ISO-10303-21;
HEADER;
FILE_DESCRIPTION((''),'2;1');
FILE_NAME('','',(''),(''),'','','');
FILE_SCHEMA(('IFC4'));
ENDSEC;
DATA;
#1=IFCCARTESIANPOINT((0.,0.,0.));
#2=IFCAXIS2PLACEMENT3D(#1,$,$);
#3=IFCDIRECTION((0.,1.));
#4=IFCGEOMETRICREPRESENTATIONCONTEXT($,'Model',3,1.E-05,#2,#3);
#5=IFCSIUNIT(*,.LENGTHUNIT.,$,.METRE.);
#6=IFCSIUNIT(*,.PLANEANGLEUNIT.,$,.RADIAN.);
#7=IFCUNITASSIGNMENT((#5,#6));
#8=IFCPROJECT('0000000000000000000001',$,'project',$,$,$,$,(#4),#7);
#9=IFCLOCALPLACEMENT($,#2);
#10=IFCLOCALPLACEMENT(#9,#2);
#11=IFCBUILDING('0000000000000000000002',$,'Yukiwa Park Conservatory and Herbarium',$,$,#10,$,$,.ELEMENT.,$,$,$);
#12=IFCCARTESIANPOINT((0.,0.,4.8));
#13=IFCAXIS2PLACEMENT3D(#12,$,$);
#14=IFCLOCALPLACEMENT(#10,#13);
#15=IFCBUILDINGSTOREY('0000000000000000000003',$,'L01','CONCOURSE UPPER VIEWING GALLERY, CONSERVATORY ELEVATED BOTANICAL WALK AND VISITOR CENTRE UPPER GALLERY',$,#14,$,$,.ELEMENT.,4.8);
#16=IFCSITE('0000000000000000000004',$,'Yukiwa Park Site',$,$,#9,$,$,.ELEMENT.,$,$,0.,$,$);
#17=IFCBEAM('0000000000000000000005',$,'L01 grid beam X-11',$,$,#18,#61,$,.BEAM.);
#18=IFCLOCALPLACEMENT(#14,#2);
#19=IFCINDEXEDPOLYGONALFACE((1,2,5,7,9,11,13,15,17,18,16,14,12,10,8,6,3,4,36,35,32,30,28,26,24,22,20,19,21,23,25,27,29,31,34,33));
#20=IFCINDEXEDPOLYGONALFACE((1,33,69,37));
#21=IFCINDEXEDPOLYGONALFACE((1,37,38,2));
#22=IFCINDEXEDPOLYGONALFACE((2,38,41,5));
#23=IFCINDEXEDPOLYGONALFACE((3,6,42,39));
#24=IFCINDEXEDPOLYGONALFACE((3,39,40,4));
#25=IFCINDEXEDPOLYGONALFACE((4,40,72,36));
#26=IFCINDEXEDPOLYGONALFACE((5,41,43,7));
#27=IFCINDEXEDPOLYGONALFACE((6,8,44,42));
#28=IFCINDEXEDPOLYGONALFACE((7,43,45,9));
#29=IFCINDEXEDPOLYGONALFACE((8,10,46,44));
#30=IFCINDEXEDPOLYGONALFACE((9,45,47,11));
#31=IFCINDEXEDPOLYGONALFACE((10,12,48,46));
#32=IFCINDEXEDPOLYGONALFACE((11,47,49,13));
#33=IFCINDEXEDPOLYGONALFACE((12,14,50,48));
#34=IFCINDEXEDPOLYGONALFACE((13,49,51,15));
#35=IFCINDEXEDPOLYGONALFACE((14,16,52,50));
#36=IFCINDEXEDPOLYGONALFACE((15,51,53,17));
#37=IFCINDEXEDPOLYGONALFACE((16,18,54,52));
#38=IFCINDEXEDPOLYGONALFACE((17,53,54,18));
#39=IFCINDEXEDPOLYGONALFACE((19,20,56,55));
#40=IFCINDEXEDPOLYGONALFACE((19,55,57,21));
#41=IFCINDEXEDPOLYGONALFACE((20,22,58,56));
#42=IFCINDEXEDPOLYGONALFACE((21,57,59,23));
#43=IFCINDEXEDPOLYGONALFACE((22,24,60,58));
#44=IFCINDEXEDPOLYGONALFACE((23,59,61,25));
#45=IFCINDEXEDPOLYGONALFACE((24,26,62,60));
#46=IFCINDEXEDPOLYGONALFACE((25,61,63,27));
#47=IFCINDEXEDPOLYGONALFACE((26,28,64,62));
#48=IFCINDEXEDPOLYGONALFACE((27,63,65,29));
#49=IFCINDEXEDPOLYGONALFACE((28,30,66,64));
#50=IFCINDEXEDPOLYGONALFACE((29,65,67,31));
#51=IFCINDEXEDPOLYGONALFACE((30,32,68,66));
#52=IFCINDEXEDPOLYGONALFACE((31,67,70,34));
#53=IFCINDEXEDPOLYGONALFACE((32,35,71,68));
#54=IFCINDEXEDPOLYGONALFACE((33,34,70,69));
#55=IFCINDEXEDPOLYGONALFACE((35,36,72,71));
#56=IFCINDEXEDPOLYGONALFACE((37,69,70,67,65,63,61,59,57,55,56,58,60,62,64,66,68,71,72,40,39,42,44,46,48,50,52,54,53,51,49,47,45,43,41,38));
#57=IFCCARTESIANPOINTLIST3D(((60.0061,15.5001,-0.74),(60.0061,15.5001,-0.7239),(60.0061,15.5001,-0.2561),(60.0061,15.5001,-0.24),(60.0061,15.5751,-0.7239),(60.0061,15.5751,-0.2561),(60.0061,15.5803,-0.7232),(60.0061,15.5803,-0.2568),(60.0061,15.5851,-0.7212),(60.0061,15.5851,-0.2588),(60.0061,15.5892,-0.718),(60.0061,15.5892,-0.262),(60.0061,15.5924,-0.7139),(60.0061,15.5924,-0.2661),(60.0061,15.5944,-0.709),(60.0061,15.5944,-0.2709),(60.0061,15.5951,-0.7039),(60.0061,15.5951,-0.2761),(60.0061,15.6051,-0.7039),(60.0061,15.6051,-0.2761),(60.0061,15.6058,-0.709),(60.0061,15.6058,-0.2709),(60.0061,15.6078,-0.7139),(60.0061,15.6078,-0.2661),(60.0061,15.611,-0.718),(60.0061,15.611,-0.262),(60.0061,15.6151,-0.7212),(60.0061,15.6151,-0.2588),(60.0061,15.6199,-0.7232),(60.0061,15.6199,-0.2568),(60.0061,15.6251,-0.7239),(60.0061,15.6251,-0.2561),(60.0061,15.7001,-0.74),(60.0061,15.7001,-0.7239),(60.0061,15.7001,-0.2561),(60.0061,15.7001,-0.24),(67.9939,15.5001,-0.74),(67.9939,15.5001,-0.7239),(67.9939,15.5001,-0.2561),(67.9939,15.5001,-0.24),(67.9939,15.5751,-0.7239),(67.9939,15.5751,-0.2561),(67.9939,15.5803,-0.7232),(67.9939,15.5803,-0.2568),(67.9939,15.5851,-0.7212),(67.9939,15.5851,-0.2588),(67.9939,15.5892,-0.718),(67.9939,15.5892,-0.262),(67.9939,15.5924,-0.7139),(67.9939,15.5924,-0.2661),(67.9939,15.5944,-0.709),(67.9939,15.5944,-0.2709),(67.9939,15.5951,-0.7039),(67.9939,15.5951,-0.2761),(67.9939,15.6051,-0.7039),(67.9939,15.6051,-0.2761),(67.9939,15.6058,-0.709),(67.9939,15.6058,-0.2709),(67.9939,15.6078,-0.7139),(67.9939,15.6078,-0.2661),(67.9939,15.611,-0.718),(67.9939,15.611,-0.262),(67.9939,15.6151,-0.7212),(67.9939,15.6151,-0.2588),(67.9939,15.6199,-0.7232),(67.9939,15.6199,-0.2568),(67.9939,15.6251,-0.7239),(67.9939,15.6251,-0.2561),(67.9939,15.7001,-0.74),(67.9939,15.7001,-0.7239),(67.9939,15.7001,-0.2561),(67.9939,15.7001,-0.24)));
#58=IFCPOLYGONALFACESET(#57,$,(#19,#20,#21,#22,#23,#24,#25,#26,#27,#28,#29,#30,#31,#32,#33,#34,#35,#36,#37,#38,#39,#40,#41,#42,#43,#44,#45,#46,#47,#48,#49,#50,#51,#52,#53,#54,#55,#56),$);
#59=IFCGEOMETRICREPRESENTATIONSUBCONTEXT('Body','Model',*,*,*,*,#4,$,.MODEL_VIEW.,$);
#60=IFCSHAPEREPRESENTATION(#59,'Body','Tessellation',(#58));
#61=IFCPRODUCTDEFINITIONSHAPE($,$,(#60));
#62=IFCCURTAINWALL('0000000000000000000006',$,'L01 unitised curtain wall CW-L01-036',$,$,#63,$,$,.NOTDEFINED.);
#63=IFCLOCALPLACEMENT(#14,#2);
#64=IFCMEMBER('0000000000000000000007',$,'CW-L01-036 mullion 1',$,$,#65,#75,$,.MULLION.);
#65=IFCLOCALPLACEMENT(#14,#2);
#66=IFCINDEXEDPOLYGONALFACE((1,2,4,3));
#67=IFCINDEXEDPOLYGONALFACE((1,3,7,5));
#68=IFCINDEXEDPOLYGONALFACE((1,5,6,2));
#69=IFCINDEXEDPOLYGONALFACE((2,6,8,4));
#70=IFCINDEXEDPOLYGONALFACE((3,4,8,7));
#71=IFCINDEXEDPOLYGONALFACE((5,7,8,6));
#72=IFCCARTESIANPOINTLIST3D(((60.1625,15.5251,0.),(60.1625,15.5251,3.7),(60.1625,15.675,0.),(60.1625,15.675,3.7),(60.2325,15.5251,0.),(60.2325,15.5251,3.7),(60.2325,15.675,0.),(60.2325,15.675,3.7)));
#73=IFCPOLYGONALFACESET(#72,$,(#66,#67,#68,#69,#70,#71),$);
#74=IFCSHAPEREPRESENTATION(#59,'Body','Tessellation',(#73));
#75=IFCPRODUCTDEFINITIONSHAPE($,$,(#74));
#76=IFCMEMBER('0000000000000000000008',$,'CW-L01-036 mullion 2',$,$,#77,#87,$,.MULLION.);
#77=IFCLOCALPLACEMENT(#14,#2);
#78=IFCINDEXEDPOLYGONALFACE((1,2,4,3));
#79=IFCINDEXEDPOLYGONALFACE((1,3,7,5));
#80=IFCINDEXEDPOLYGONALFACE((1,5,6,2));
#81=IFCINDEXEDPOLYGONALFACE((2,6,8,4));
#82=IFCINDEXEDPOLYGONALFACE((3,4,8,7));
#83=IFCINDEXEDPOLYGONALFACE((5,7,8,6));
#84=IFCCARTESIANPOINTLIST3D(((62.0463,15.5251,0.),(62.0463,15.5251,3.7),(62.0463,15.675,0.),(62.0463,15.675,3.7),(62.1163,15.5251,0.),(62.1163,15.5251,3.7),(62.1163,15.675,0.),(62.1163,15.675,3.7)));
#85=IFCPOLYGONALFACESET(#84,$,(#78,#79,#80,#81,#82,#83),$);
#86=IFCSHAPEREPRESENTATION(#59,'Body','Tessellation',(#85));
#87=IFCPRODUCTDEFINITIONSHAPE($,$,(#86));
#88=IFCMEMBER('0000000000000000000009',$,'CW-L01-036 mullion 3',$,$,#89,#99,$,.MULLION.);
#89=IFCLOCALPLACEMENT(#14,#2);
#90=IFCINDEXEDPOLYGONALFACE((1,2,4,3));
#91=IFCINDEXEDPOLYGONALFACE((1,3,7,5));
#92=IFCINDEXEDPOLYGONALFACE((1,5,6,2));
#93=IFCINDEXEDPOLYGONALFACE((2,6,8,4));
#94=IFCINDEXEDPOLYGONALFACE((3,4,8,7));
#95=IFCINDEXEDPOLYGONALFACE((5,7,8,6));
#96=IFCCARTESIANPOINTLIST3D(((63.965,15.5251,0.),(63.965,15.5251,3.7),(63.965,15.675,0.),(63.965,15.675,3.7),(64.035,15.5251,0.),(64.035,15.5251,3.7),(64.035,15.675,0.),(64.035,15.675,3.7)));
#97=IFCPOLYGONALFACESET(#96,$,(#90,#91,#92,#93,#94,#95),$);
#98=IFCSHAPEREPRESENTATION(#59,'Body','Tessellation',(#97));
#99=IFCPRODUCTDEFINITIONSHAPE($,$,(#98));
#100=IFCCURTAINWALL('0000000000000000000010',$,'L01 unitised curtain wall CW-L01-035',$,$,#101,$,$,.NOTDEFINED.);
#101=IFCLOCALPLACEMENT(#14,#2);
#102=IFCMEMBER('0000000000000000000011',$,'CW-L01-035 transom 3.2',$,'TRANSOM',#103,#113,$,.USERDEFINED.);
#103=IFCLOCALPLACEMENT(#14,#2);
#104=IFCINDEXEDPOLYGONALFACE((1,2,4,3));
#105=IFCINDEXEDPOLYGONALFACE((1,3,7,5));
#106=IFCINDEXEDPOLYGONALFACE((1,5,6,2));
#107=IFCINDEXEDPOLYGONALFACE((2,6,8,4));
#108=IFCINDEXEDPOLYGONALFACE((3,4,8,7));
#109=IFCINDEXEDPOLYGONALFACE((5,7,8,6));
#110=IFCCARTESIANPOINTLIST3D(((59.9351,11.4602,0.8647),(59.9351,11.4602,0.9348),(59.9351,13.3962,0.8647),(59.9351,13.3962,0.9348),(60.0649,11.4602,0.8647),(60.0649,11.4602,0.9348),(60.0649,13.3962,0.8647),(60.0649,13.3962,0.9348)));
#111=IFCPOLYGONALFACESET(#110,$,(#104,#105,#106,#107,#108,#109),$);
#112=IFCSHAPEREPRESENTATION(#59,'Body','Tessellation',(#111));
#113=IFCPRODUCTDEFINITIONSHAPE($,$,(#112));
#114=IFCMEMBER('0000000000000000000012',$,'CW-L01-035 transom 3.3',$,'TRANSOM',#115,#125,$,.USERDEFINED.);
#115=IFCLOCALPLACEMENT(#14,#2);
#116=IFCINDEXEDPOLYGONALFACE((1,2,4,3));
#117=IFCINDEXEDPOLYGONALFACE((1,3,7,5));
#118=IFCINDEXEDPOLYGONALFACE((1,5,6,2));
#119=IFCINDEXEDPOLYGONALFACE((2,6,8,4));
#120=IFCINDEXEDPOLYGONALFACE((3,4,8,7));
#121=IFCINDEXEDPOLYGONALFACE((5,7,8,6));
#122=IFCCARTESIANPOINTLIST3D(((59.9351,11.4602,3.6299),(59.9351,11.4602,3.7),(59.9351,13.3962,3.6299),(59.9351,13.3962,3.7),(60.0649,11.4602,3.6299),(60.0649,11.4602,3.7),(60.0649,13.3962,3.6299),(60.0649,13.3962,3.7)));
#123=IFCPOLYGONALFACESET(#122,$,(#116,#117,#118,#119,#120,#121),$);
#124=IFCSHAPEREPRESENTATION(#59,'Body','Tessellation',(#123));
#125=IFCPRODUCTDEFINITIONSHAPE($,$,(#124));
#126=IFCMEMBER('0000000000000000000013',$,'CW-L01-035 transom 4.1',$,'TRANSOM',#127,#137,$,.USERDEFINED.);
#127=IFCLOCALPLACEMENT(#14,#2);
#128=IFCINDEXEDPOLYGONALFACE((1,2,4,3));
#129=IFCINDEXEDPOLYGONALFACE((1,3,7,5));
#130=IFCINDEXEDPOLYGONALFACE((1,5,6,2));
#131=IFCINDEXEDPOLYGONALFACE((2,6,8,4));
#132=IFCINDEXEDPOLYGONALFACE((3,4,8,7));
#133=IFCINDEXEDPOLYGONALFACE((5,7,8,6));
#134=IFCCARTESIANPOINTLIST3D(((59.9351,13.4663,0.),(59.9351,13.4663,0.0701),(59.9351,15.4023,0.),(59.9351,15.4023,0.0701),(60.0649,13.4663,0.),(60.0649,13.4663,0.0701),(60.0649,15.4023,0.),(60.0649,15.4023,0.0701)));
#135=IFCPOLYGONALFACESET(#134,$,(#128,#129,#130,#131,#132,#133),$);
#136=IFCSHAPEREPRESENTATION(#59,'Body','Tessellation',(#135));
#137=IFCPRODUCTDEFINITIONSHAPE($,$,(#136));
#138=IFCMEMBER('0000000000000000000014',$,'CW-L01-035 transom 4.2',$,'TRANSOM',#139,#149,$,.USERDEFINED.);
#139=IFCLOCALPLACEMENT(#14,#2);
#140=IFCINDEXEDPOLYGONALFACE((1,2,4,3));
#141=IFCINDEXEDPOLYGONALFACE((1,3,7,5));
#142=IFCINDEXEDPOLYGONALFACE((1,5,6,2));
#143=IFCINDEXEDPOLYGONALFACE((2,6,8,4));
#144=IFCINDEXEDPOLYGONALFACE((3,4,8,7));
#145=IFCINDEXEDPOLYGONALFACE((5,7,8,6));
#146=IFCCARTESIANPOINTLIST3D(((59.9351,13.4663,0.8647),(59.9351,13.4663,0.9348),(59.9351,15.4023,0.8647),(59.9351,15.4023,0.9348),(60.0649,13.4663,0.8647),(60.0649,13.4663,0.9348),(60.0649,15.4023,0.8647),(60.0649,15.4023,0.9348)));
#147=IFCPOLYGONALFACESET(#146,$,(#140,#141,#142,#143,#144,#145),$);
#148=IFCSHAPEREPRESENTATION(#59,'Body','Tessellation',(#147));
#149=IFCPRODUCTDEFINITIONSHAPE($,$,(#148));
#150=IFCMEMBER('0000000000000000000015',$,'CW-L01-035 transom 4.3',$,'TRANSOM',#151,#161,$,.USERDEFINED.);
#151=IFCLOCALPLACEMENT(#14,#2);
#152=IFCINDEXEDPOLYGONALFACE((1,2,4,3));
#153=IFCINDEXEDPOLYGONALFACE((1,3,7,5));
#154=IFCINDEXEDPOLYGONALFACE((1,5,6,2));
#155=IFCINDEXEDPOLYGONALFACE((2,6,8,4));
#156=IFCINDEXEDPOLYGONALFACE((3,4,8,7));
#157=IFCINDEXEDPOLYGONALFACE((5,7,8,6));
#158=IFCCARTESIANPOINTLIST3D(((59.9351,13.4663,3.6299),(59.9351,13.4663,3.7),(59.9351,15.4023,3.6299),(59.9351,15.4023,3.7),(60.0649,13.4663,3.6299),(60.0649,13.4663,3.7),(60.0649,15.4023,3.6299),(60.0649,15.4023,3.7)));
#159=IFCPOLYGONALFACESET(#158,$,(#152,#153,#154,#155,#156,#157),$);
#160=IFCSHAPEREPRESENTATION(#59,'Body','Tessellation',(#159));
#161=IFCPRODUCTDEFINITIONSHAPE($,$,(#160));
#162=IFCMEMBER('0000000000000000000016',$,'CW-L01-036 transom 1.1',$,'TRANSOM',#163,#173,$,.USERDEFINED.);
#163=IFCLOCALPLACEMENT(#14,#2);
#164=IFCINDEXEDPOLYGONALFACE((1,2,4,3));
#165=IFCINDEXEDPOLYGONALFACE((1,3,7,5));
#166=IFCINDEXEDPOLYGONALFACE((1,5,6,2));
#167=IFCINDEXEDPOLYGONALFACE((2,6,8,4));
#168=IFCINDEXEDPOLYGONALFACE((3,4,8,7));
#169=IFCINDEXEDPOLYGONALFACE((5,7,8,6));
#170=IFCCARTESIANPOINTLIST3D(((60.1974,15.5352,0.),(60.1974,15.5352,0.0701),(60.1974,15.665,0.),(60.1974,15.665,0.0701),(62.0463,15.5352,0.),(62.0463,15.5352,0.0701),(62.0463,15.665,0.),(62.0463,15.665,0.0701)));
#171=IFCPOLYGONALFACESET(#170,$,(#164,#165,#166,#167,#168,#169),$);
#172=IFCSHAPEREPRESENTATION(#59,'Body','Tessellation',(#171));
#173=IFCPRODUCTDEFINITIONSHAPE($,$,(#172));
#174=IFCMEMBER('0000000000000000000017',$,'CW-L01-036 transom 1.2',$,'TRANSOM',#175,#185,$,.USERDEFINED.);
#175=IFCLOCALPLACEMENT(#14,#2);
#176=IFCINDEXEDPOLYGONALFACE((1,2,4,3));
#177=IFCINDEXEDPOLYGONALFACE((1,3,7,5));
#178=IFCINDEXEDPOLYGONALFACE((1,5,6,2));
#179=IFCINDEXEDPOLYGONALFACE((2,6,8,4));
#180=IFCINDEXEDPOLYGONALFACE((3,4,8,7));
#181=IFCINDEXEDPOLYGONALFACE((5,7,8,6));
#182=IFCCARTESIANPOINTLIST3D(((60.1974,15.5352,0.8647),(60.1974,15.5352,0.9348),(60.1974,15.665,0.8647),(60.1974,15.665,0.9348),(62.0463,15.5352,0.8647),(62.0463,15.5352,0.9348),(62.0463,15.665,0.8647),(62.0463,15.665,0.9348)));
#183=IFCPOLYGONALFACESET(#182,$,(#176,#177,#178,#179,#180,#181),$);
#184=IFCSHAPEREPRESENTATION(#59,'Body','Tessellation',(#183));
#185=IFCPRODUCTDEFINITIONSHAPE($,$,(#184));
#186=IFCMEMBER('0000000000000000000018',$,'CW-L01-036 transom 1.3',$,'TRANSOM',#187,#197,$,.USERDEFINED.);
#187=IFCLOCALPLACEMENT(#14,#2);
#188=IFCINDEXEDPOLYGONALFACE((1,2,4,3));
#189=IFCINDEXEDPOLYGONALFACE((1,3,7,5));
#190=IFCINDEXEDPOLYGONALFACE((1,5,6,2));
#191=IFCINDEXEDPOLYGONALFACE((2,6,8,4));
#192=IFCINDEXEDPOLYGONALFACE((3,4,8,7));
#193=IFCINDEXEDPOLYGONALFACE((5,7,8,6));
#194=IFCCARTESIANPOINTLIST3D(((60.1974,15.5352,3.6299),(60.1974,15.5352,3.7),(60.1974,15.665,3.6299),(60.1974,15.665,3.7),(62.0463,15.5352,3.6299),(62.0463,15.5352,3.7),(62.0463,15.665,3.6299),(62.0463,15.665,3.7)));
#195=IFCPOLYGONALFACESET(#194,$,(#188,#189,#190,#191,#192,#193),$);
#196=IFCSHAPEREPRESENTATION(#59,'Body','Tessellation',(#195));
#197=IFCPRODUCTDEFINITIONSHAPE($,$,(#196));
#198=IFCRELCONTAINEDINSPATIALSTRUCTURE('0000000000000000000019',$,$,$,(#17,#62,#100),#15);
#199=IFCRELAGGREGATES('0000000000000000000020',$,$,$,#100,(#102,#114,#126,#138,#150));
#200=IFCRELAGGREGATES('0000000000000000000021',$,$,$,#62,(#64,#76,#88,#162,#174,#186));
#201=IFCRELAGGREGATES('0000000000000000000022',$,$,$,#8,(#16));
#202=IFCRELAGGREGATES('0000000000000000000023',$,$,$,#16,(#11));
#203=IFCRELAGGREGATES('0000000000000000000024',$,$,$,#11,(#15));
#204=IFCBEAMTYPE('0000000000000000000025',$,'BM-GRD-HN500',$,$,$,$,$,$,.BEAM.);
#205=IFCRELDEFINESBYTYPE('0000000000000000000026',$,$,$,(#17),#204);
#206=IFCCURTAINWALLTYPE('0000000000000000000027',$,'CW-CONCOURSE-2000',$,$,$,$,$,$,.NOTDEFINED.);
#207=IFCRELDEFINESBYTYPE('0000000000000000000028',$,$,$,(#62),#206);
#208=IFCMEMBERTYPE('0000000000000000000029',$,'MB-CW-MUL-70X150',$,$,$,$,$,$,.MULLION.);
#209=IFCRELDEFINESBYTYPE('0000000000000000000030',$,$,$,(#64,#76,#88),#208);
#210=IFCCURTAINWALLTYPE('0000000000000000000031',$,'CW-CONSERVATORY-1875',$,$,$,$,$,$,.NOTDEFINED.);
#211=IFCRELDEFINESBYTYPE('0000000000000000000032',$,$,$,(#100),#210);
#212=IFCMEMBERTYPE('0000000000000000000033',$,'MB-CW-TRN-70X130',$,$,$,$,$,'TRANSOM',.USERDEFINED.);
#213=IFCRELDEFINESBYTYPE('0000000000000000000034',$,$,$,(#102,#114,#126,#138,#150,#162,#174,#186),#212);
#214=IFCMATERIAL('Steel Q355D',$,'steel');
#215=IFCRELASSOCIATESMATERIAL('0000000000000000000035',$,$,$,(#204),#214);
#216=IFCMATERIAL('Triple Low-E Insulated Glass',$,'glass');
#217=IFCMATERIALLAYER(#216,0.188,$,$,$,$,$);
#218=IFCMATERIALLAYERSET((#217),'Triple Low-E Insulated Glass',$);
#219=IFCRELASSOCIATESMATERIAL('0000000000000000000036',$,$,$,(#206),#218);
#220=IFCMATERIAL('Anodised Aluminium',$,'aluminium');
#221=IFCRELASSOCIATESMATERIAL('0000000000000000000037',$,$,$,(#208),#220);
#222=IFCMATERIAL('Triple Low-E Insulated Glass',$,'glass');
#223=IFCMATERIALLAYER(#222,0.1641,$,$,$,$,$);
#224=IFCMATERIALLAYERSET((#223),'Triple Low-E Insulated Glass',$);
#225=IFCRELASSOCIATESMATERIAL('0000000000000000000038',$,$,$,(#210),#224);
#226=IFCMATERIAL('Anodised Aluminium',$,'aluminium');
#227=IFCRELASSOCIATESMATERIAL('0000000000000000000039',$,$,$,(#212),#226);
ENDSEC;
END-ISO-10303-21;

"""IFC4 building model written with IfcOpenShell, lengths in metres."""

from ifc_helpers import new_model, si_unit, direction, frame, origin, origin_2d, place, context, subcontext, project, spatial, rectangle, i_section, extrude, material, layer, layer_set, material_profile, profile_set, type_object, element, aggregate, save


model = new_model("IFC4")

# Units and contexts
model_context = context("Model", 3, precision=1e-05, world=origin(), true_north=direction((0.0, 1.0)))
body_context = subcontext(model_context, "Body", "Model", "MODEL_VIEW")
ifc_project = project(units=[si_unit("LENGTHUNIT", "METRE"), si_unit("PLANEANGLEUNIT", "RADIAN")], contexts=[model_context])

# Site, building, storey
site_placement = place(None, origin())
site = spatial("IfcSite", under=ifc_project, at=site_placement, Name="Yukiwa Park Site", CompositionType="ELEMENT", RefElevation=0.0)
building_placement = place(site_placement, origin())
building = spatial("IfcBuilding", under=site, at=building_placement, Name="Yukiwa Park Conservatory and Herbarium", CompositionType="ELEMENT")
storey_placement = place(building_placement, frame((0.0, 0.0, 4.8)))
storey = spatial("IfcBuildingStorey", under=building, at=storey_placement, Name="L01", Description="CONCOURSE UPPER VIEWING GALLERY, CONSERVATORY ELEVATED BOTANICAL WALK AND VISITOR CENTRE UPPER GALLERY", CompositionType="ELEMENT", Elevation=4.8)

# Beam
ifc_material_1 = material(Name="Steel Q355D", Category="steel")
ifc_material_profile = material_profile(ifc_material_1, i_section(OverallWidth=0.2, OverallDepth=0.5, WebThickness=0.01, FlangeThickness=0.0161, FilletRadius=0.02, at=origin_2d()), Name="HN 500x200x10x16")
ifc_profile_set = profile_set([ifc_material_profile], Name="Steel Q355D")
beam_type = type_object("IfcBeamType", Name="BM-GRD-HN500", PredefinedType="BEAM", material=ifc_profile_set)
beam_placement = place(storey_placement, frame((60.0061, 15.6001, -0.49), z_axis=(1.0, 0.0, 0.0), x_axis=(0.0, 1.0, 0.0)))
element("IfcBeam", 1, at=beam_placement, inside=storey, type_object=beam_type, Name="L01 grid beam X-11", PredefinedType="BEAM", context=body_context, shape_type="SweptSolid", body=[
    extrude(i_section(OverallWidth=0.2, OverallDepth=0.5, WebThickness=0.01, FlangeThickness=0.0161, FilletRadius=0.02, at=origin_2d()), origin(), (0.0, 0.0, 1.0), 7.9878),
])

# Curtain walls, members
ifc_material_2 = material(Name="Triple Low-E Insulated Glass", Category="glass")
ifc_layer_1 = layer(ifc_material_2, 0.188)
ifc_layer_set_1 = layer_set([ifc_layer_1], Name="Triple Low-E Insulated Glass")
curtain_wall_type_1 = type_object("IfcCurtainWallType", Name="CW-CONCOURSE-2000", PredefinedType="NOTDEFINED", material=ifc_layer_set_1)
curtain_wall_1_placement = place(storey_placement, origin())
curtain_wall_1 = element("IfcCurtainWall", 2, at=curtain_wall_1_placement, inside=storey, type_object=curtain_wall_type_1, Name="L01 unitised curtain wall CW-L01-036", PredefinedType="NOTDEFINED")
ifc_material_3 = material(Name="Anodised Aluminium", Category="aluminium")
member_type_1 = type_object("IfcMemberType", Name="MB-CW-MUL-70X150", PredefinedType="MULLION", material=ifc_material_3)
member_1_placement = place(storey_placement, frame((60.1975, 15.6001, 0.0), z_axis=(0.0, 0.0, 1.0), x_axis=(1.0, 0.0, 0.0)))
member_1 = element("IfcMember", 3, at=member_1_placement, type_object=member_type_1, Name="CW-L01-036 mullion 1", PredefinedType="MULLION", context=body_context, shape_type="SweptSolid", body=[
    extrude(rectangle(XDim=0.0701, YDim=0.1499, at=origin_2d()), origin(), (0.0, 0.0, 1.0), 3.7),
])
member_2_placement = place(storey_placement, frame((62.0813, 15.6001, 0.0), z_axis=(0.0, 0.0, 1.0), x_axis=(1.0, 0.0, 0.0)))
member_2 = element("IfcMember", 4, at=member_2_placement, type_object=member_type_1, Name="CW-L01-036 mullion 2", PredefinedType="MULLION", context=body_context, shape_type="SweptSolid", body=[
    extrude(rectangle(XDim=0.0701, YDim=0.1499, at=origin_2d()), origin(), (0.0, 0.0, 1.0), 3.7),
])
member_3_placement = place(storey_placement, frame((64.0, 15.6001, 0.0), z_axis=(0.0, 0.0, 1.0), x_axis=(1.0, 0.0, 0.0)))
member_3 = element("IfcMember", 5, at=member_3_placement, type_object=member_type_1, Name="CW-L01-036 mullion 3", PredefinedType="MULLION", context=body_context, shape_type="SweptSolid", body=[
    extrude(rectangle(XDim=0.0701, YDim=0.1499, at=origin_2d()), origin(), (0.0, 0.0, 1.0), 3.7),
])
ifc_material_4 = material(Name="Triple Low-E Insulated Glass", Category="glass")
ifc_layer_2 = layer(ifc_material_4, 0.1641)
ifc_layer_set_2 = layer_set([ifc_layer_2], Name="Triple Low-E Insulated Glass")
curtain_wall_type_2 = type_object("IfcCurtainWallType", Name="CW-CONSERVATORY-1875", PredefinedType="NOTDEFINED", material=ifc_layer_set_2)
curtain_wall_2_placement = place(storey_placement, origin())
curtain_wall_2 = element("IfcCurtainWall", 6, at=curtain_wall_2_placement, inside=storey, type_object=curtain_wall_type_2, Name="L01 unitised curtain wall CW-L01-035", PredefinedType="NOTDEFINED")
ifc_material_5 = material(Name="Anodised Aluminium", Category="aluminium")
member_type_2 = type_object("IfcMemberType", Name="MB-CW-TRN-70X130", ElementType="TRANSOM", PredefinedType="USERDEFINED", material=ifc_material_5)
member_4_placement = place(storey_placement, frame((60.0, 12.4282, 0.8647), z_axis=(0.0, 0.0, 1.0), x_axis=(0.0, 1.0, 0.0)))
member_4 = element("IfcMember", 7, at=member_4_placement, type_object=member_type_2, Name="CW-L01-035 transom 3.2", ObjectType="TRANSOM", PredefinedType="USERDEFINED", context=body_context, shape_type="SweptSolid", body=[
    extrude(rectangle(XDim=1.936, YDim=0.1299, at=origin_2d()), origin(), (0.0, 0.0, 1.0), 0.0701),
])
member_5_placement = place(storey_placement, frame((60.0, 12.4282, 3.6299), z_axis=(0.0, 0.0, 1.0), x_axis=(0.0, 1.0, 0.0)))
member_5 = element("IfcMember", 8, at=member_5_placement, type_object=member_type_2, Name="CW-L01-035 transom 3.3", ObjectType="TRANSOM", PredefinedType="USERDEFINED", context=body_context, shape_type="SweptSolid", body=[
    extrude(rectangle(XDim=1.936, YDim=0.1299, at=origin_2d()), origin(), (0.0, 0.0, 1.0), 0.0701),
])
member_6_placement = place(storey_placement, frame((60.0, 14.4343, 0.0), z_axis=(0.0, 0.0, 1.0), x_axis=(0.0, 1.0, 0.0)))
member_6 = element("IfcMember", 9, at=member_6_placement, type_object=member_type_2, Name="CW-L01-035 transom 4.1", ObjectType="TRANSOM", PredefinedType="USERDEFINED", context=body_context, shape_type="SweptSolid", body=[
    extrude(rectangle(XDim=1.936, YDim=0.1299, at=origin_2d()), origin(), (0.0, 0.0, 1.0), 0.0701),
])
member_7_placement = place(storey_placement, frame((60.0, 14.4343, 0.8647), z_axis=(0.0, 0.0, 1.0), x_axis=(0.0, 1.0, 0.0)))
member_7 = element("IfcMember", 10, at=member_7_placement, type_object=member_type_2, Name="CW-L01-035 transom 4.2", ObjectType="TRANSOM", PredefinedType="USERDEFINED", context=body_context, shape_type="SweptSolid", body=[
    extrude(rectangle(XDim=1.936, YDim=0.1299, at=origin_2d()), origin(), (0.0, 0.0, 1.0), 0.0701),
])
member_8_placement = place(storey_placement, frame((60.0, 14.4343, 3.6299), z_axis=(0.0, 0.0, 1.0), x_axis=(0.0, 1.0, 0.0)))
member_8 = element("IfcMember", 11, at=member_8_placement, type_object=member_type_2, Name="CW-L01-035 transom 4.3", ObjectType="TRANSOM", PredefinedType="USERDEFINED", context=body_context, shape_type="SweptSolid", body=[
    extrude(rectangle(XDim=1.936, YDim=0.1299, at=origin_2d()), origin(), (0.0, 0.0, 1.0), 0.0701),
])

# Members
member_9_placement = place(storey_placement, frame((61.1218, 15.6001, 0.0), z_axis=(0.0, 0.0, 1.0), x_axis=(1.0, 0.0, 0.0)))
member_9 = element("IfcMember", 12, at=member_9_placement, type_object=member_type_2, Name="CW-L01-036 transom 1.1", ObjectType="TRANSOM", PredefinedType="USERDEFINED", context=body_context, shape_type="SweptSolid", body=[
    extrude(rectangle(XDim=1.8489, YDim=0.1299, at=origin_2d()), origin(), (0.0, 0.0, 1.0), 0.0701),
])
member_10_placement = place(storey_placement, frame((61.1218, 15.6001, 0.8647), z_axis=(0.0, 0.0, 1.0), x_axis=(1.0, 0.0, 0.0)))
member_10 = element("IfcMember", 13, at=member_10_placement, type_object=member_type_2, Name="CW-L01-036 transom 1.2", ObjectType="TRANSOM", PredefinedType="USERDEFINED", context=body_context, shape_type="SweptSolid", body=[
    extrude(rectangle(XDim=1.8489, YDim=0.1299, at=origin_2d()), origin(), (0.0, 0.0, 1.0), 0.0701),
])
member_11_placement = place(storey_placement, frame((61.1218, 15.6001, 3.6299), z_axis=(0.0, 0.0, 1.0), x_axis=(1.0, 0.0, 0.0)))
member_11 = element("IfcMember", 14, at=member_11_placement, type_object=member_type_2, Name="CW-L01-036 transom 1.3", ObjectType="TRANSOM", PredefinedType="USERDEFINED", context=body_context, shape_type="SweptSolid", body=[
    extrude(rectangle(XDim=1.8489, YDim=0.1299, at=origin_2d()), origin(), (0.0, 0.0, 1.0), 0.0701),
])

aggregate(curtain_wall_2, [member_4, member_5, member_6, member_7, member_8])
aggregate(curtain_wall_1, [member_1, member_2, member_3, member_9, member_10, member_11])

save(model, "model.ifc")
